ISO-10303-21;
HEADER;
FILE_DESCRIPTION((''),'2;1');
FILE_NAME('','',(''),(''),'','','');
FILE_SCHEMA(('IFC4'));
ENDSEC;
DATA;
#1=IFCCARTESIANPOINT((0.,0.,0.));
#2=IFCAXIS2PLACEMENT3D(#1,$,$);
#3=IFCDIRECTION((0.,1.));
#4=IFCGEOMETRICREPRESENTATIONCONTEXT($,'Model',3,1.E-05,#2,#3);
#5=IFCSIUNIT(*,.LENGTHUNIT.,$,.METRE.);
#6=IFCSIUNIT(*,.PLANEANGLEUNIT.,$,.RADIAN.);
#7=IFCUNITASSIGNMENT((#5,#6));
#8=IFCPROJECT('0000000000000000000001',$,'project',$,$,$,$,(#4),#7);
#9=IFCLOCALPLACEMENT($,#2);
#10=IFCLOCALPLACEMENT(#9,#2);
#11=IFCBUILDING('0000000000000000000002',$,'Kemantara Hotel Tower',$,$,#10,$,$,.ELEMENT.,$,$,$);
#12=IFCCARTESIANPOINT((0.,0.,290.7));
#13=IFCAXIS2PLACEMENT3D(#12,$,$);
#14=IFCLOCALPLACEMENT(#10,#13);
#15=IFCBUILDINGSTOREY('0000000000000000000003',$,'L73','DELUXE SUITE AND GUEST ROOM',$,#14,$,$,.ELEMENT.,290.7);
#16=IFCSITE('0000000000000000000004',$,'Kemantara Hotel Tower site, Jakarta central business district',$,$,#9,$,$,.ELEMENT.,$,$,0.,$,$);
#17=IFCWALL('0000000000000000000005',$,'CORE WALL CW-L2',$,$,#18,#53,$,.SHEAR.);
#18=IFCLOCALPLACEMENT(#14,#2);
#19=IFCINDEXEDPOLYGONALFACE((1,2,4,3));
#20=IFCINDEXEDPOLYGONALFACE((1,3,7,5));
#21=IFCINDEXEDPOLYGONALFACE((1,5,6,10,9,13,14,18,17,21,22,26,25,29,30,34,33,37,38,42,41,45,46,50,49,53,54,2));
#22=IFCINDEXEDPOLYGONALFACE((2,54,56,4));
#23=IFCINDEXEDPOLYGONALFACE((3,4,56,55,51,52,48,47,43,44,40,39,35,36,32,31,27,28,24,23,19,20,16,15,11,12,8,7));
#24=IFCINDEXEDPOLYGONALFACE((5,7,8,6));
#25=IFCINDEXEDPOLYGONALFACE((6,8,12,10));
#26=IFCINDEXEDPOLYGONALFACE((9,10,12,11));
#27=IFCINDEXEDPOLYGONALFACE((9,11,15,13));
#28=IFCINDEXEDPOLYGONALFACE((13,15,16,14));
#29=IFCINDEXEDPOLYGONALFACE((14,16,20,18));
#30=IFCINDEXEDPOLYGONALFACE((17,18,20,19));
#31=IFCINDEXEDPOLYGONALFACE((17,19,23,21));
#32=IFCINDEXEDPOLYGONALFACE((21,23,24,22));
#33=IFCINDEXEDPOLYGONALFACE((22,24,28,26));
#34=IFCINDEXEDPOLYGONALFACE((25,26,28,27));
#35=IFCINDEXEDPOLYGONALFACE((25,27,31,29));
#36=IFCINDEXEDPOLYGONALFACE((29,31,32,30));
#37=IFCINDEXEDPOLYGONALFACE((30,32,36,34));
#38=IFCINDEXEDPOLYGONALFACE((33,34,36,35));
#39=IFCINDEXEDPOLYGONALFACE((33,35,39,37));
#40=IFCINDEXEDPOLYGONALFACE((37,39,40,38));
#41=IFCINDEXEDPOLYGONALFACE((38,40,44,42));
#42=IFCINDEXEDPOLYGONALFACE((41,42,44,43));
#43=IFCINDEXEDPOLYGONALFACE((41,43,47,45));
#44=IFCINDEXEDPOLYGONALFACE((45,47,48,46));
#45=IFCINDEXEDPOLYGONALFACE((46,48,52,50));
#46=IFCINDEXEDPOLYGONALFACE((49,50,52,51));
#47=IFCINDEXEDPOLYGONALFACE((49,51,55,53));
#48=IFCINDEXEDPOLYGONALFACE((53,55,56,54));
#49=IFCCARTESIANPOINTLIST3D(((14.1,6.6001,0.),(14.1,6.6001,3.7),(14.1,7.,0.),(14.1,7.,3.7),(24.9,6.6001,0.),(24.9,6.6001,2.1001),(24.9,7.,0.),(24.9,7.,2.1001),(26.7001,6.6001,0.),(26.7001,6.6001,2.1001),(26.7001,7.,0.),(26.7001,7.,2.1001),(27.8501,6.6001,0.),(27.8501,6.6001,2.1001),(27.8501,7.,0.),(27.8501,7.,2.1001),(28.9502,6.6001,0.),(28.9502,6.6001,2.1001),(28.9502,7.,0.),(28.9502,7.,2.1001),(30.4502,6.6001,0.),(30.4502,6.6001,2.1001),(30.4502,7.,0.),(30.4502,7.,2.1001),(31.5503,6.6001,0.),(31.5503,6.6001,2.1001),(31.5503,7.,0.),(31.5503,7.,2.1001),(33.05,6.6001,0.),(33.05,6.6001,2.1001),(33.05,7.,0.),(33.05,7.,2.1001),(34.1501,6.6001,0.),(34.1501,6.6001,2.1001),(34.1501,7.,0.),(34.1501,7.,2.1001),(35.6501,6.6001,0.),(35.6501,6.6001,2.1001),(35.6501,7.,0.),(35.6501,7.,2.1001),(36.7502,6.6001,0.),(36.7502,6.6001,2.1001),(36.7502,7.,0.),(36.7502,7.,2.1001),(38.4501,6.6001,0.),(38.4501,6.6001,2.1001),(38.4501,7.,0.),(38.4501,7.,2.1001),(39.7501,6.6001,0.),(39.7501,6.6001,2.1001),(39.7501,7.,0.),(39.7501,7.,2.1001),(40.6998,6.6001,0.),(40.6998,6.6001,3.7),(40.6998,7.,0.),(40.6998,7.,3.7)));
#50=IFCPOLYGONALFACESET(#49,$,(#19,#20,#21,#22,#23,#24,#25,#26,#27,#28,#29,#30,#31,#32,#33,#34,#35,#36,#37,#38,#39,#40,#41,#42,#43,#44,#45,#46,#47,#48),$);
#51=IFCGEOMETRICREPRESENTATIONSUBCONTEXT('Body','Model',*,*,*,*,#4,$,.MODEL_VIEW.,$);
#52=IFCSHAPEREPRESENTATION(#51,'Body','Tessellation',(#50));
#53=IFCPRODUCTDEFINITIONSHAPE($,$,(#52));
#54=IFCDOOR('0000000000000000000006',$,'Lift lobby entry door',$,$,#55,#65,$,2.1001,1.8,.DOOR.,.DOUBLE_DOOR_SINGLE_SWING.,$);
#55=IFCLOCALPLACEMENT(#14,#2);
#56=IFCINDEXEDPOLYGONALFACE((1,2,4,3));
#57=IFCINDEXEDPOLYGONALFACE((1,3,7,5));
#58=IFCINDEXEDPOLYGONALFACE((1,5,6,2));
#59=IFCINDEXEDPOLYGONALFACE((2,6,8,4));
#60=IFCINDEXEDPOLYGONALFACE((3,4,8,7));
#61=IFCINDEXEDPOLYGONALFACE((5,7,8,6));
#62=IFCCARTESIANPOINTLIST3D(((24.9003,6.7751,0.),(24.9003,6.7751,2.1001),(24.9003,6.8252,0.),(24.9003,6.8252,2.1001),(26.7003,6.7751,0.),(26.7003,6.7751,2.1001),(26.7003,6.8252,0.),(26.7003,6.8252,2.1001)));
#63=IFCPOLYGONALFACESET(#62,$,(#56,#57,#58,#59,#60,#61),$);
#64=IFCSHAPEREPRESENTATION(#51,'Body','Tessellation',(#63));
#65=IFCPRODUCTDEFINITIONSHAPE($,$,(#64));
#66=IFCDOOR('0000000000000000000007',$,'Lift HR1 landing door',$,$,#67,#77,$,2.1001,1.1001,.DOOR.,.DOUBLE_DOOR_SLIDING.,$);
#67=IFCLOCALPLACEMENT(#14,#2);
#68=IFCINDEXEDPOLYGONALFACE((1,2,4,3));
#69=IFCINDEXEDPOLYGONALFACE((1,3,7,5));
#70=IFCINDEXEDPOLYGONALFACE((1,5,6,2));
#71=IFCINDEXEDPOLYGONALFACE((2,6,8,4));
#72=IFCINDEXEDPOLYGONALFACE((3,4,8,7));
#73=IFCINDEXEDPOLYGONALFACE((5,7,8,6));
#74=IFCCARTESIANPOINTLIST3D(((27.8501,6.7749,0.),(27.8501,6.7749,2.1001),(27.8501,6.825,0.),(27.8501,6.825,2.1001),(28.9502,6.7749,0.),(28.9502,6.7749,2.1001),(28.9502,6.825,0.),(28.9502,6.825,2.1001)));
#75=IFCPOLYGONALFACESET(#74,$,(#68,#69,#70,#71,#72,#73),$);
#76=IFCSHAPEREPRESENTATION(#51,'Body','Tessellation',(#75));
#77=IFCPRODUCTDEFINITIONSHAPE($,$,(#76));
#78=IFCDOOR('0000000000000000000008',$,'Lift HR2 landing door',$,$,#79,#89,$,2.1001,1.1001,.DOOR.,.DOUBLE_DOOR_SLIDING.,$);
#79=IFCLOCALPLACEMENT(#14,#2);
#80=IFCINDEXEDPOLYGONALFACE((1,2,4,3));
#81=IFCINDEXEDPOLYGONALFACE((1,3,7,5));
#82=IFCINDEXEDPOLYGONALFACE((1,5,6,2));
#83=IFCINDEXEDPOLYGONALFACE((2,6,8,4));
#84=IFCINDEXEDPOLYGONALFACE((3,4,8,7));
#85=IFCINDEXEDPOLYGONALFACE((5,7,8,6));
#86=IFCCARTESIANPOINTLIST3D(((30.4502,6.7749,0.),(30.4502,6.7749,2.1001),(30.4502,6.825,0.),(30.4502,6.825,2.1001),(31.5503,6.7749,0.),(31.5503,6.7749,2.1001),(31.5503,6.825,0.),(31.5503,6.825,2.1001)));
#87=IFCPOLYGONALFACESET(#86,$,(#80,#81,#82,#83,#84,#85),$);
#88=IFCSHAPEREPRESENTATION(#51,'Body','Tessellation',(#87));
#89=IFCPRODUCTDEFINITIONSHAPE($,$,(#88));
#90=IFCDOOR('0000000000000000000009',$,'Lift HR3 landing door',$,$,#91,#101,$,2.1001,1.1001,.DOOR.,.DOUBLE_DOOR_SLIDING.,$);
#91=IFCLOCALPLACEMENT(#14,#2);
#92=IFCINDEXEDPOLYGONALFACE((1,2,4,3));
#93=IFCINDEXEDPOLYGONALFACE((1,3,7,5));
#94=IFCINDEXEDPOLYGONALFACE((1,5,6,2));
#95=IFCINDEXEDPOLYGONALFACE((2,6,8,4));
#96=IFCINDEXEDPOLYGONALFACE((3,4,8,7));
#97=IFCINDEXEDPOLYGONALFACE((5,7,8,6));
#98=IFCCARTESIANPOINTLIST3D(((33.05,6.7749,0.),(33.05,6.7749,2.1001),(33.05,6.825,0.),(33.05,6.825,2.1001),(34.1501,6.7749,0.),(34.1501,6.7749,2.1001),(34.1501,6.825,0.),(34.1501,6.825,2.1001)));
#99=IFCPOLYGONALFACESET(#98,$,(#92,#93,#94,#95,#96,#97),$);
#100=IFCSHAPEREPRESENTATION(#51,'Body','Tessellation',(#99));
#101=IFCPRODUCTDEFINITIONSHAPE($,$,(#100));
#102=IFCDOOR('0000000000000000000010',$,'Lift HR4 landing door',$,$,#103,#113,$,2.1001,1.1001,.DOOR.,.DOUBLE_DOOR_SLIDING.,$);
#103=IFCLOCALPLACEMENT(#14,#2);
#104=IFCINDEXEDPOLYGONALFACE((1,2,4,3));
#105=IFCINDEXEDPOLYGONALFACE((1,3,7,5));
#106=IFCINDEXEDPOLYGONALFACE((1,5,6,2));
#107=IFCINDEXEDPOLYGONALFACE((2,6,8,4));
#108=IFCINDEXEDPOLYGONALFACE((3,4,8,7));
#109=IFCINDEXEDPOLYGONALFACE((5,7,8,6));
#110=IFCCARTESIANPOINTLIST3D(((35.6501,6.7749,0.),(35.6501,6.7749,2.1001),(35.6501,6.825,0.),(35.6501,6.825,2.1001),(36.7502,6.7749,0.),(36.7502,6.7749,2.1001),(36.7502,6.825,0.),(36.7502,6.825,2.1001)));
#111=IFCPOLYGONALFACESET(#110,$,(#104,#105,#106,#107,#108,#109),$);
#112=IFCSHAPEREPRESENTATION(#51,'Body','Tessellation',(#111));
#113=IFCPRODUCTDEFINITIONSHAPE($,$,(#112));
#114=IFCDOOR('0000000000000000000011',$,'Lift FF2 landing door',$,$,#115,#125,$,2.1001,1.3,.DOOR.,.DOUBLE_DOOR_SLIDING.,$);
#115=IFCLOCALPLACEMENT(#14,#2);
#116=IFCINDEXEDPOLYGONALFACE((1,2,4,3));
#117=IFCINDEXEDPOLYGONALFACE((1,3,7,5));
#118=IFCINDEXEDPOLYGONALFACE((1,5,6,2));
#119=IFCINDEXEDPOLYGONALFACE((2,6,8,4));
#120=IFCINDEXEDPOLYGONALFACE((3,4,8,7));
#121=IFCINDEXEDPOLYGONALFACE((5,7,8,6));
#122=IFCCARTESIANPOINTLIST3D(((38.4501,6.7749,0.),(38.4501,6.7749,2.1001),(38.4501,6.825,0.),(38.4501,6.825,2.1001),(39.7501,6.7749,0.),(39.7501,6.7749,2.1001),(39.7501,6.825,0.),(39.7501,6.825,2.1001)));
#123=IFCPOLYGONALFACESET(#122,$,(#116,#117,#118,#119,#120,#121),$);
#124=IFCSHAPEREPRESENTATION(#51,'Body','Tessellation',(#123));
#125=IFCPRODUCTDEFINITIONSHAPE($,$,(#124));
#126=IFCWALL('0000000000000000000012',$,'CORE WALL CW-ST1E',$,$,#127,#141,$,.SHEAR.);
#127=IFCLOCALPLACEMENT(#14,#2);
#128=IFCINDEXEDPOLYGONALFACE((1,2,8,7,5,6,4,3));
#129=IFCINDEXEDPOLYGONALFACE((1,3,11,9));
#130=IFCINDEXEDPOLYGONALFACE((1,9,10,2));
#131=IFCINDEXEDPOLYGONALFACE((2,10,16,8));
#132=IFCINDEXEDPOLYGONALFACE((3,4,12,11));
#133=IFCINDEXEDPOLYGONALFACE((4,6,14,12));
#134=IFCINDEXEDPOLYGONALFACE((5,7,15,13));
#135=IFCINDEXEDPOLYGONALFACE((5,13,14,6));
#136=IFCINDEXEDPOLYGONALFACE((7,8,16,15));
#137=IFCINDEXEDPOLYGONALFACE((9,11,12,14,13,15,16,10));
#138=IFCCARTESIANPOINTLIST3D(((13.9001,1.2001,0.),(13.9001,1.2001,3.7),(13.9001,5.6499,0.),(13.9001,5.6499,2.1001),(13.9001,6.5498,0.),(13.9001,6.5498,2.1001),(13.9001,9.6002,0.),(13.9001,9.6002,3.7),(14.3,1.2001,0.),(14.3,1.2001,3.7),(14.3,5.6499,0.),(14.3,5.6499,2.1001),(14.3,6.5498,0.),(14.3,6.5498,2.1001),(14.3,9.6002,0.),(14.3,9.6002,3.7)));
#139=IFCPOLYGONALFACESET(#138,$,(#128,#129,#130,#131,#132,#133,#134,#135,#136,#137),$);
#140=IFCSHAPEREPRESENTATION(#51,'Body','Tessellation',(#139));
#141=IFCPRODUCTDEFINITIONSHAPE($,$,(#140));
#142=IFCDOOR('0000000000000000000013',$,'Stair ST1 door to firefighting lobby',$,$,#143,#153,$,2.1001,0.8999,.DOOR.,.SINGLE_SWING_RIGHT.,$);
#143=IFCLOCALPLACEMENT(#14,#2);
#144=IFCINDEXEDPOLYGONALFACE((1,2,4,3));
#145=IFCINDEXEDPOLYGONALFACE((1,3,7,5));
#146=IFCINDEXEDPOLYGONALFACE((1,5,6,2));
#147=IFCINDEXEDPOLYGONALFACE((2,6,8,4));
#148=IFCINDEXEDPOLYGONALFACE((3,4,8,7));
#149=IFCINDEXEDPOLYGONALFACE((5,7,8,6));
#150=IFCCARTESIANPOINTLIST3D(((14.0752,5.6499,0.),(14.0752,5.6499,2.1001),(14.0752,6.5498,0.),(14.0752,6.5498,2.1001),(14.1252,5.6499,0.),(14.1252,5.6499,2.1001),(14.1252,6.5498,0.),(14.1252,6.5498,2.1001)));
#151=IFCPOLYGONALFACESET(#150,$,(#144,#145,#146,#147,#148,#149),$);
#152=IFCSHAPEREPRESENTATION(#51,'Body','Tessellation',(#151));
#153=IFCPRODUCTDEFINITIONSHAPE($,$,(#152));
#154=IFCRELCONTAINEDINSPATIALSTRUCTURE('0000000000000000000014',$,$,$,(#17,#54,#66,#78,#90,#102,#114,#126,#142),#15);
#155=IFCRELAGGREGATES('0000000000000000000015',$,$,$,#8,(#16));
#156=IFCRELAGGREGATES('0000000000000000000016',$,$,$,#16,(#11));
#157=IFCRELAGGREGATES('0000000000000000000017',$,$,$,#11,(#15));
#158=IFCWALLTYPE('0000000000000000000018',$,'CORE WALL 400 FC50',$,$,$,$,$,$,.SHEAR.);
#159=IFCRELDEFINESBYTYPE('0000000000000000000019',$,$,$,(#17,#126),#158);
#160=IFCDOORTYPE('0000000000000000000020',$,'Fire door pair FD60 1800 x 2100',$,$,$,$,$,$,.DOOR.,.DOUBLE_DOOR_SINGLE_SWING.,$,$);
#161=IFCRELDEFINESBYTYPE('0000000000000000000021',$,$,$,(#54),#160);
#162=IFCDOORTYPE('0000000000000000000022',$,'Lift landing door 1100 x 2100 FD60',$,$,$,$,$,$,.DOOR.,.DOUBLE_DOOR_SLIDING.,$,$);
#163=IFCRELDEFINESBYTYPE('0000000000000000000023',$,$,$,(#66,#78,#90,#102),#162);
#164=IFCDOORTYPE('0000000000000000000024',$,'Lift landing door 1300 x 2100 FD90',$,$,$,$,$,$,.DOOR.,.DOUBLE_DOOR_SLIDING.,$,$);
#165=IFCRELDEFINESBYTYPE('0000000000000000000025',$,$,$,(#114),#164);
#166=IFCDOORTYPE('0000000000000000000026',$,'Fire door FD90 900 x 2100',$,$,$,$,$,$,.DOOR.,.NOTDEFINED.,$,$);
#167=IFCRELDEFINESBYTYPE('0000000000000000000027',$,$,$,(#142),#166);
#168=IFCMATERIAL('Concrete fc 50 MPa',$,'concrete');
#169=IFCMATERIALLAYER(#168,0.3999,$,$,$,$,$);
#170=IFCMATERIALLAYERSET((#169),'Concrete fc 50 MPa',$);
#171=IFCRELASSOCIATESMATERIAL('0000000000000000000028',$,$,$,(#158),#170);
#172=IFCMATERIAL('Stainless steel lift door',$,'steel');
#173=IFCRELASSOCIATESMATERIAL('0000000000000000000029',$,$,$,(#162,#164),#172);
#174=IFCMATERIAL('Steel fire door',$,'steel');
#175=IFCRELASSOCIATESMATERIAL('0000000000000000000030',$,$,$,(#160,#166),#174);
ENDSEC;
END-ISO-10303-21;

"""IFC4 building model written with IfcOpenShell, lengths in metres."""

from ifc_helpers import new_model, si_unit, direction, frame, frame_2d, origin, place, context, subcontext, project, spatial, rectangle, extrude, material, layer, layer_set, type_object, element, fill, save


model = new_model("IFC4")

# Units and contexts
model_context = context("Model", 3, precision=1e-05, world=origin(), true_north=direction((0.0, 1.0)))
body_context = subcontext(model_context, "Body", "Model", "MODEL_VIEW")
ifc_project = project(units=[si_unit("LENGTHUNIT", "METRE"), si_unit("PLANEANGLEUNIT", "RADIAN")], contexts=[model_context])

# Site, building, storey
site_placement = place(None, origin())
site = spatial("IfcSite", under=ifc_project, at=site_placement, Name="Kemantara Hotel Tower site, Jakarta central business district", CompositionType="ELEMENT", RefElevation=0.0)
building_placement = place(site_placement, origin())
building = spatial("IfcBuilding", under=site, at=building_placement, Name="Kemantara Hotel Tower", CompositionType="ELEMENT")
storey_placement = place(building_placement, frame((0.0, 0.0, 290.7)))
storey = spatial("IfcBuildingStorey", under=building, at=storey_placement, Name="L73", Description="DELUXE SUITE AND GUEST ROOM", CompositionType="ELEMENT", Elevation=290.7)

# Shared definitions
ifc_material_1 = material(Name="Concrete fc 50 MPa", Category="concrete")

# Wall, openings, doors
ifc_layer_1 = layer(ifc_material_1, 0.3999)
ifc_layer_set_1 = layer_set([ifc_layer_1], Name="Concrete fc 50 MPa")
wall_type_1 = type_object("IfcWallType", Name="CORE WALL 400 FC50", PredefinedType="SHEAR", material=ifc_layer_set_1)
ifc_material_2 = material(Name="Steel fire door", Category="steel")
ifc_material_3 = material(Name="Stainless steel lift door", Category="steel")
door_type_1 = type_object("IfcDoorType", Name="Lift landing door 1100 x 2100 FD60", OperationType="DOUBLE_DOOR_SLIDING", PredefinedType="DOOR", material=ifc_material_3)
door_type_2 = type_object("IfcDoorType", Name="Lift landing door 1300 x 2100 FD90", OperationType="DOUBLE_DOOR_SLIDING", PredefinedType="DOOR", material=ifc_material_3)
wall_1_placement = place(storey_placement, frame((14.1001, 6.8, 0.0), z_axis=(0.0, 0.0, 1.0), x_axis=(1.0, 0.0, 0.0)))
wall_1 = element("IfcWall", 1, at=wall_1_placement, inside=storey, type_object=wall_type_1, Name="CORE WALL CW-L2", PredefinedType="SHEAR", context=body_context, shape_type="SweptSolid", body=[
    extrude(rectangle(XDim=26.5999, YDim=0.3999, at=frame_2d((13.2998, 0.0))), origin(), (0.0, 0.0, 1.0), 3.7),
])
opening_1_placement = place(wall_1_placement, frame((10.8, 0.0, 0.0)))
opening_1 = element("IfcOpeningElement", 2, at=opening_1_placement, cuts=wall_1, PredefinedType="OPENING", context=body_context, shape_type="SweptSolid", body=[
    extrude(rectangle(XDim=1.8, YDim=2.1001, at=frame_2d((0.8999, 1.05))), frame((0.0, 0.21, 0.0), z_axis=(0.0, -1.0, 0.0), x_axis=(1.0, 0.0, 0.0)), (0.0, 0.0, 1.0), 0.4199),
])
opening_2_placement = place(wall_1_placement, frame((13.75, 0.0, 0.0)))
opening_2 = element("IfcOpeningElement", 3, at=opening_2_placement, cuts=wall_1, PredefinedType="OPENING", context=body_context, shape_type="SweptSolid", body=[
    extrude(rectangle(XDim=1.1001, YDim=2.1001, at=frame_2d((0.55, 1.05))), frame((0.0, 0.21, 0.0), z_axis=(0.0, -1.0, 0.0), x_axis=(1.0, 0.0, 0.0)), (0.0, 0.0, 1.0), 0.4199),
])
opening_3_placement = place(wall_1_placement, frame((16.3501, 0.0, 0.0)))
opening_3 = element("IfcOpeningElement", 4, at=opening_3_placement, cuts=wall_1, PredefinedType="OPENING", context=body_context, shape_type="SweptSolid", body=[
    extrude(rectangle(XDim=1.1001, YDim=2.1001, at=frame_2d((0.55, 1.05))), frame((0.0, 0.21, 0.0), z_axis=(0.0, -1.0, 0.0), x_axis=(1.0, 0.0, 0.0)), (0.0, 0.0, 1.0), 0.4199),
])
opening_4_placement = place(wall_1_placement, frame((18.95, 0.0, 0.0)))
opening_4 = element("IfcOpeningElement", 5, at=opening_4_placement, cuts=wall_1, PredefinedType="OPENING", context=body_context, shape_type="SweptSolid", body=[
    extrude(rectangle(XDim=1.1001, YDim=2.1001, at=frame_2d((0.55, 1.05))), frame((0.0, 0.21, 0.0), z_axis=(0.0, -1.0, 0.0), x_axis=(1.0, 0.0, 0.0)), (0.0, 0.0, 1.0), 0.4199),
])
opening_5_placement = place(wall_1_placement, frame((21.55, 0.0, 0.0)))
opening_5 = element("IfcOpeningElement", 6, at=opening_5_placement, cuts=wall_1, PredefinedType="OPENING", context=body_context, shape_type="SweptSolid", body=[
    extrude(rectangle(XDim=1.1001, YDim=2.1001, at=frame_2d((0.55, 1.05))), frame((0.0, 0.21, 0.0), z_axis=(0.0, -1.0, 0.0), x_axis=(1.0, 0.0, 0.0)), (0.0, 0.0, 1.0), 0.4199),
])
opening_6_placement = place(wall_1_placement, frame((24.3501, 0.0, 0.0)))
opening_6 = element("IfcOpeningElement", 7, at=opening_6_placement, cuts=wall_1, PredefinedType="OPENING", context=body_context, shape_type="SweptSolid", body=[
    extrude(rectangle(XDim=1.3, YDim=2.1001, at=frame_2d((0.6499, 1.05))), frame((0.0, 0.21, 0.0), z_axis=(0.0, -1.0, 0.0), x_axis=(1.0, 0.0, 0.0)), (0.0, 0.0, 1.0), 0.4199),
])
door_type_3 = type_object("IfcDoorType", Name="Fire door pair FD60 1800 x 2100", OperationType="DOUBLE_DOOR_SINGLE_SWING", PredefinedType="DOOR", material=ifc_material_2)
door_1_placement = place(opening_1_placement, frame((1.8, 0.0, 0.0), z_axis=(0.0, 0.0, 1.0), x_axis=(-1.0, 0.0, 0.0)))
door_1 = element("IfcDoor", 8, at=door_1_placement, inside=storey, type_object=door_type_3, Name="Lift lobby entry door", OperationType="DOUBLE_DOOR_SINGLE_SWING", OverallHeight=2.1001, OverallWidth=1.8, PredefinedType="DOOR", context=body_context, shape_type="SweptSolid", body=[
    extrude(rectangle(XDim=1.8, YDim=2.1001, at=frame_2d((0.8999, 1.05))), frame((0.0, 0.0249, 0.0), z_axis=(0.0, -1.0, 0.0), x_axis=(1.0, 0.0, 0.0)), (0.0, 0.0, 1.0), 0.05),
])
fill(opening_1, door_1)
door_2_placement = place(opening_2_placement, origin())
door_2 = element("IfcDoor", 9, at=door_2_placement, inside=storey, type_object=door_type_1, Name="Lift HR1 landing door", OperationType="DOUBLE_DOOR_SLIDING", OverallHeight=2.1001, OverallWidth=1.1001, PredefinedType="DOOR", context=body_context, shape_type="SweptSolid", body=[
    extrude(rectangle(XDim=1.1001, YDim=2.1001, at=frame_2d((0.55, 1.05))), frame((0.0, 0.0249, 0.0), z_axis=(0.0, -1.0, 0.0), x_axis=(1.0, 0.0, 0.0)), (0.0, 0.0, 1.0), 0.05),
])
fill(opening_2, door_2)
door_3_placement = place(opening_3_placement, origin())
door_3 = element("IfcDoor", 10, at=door_3_placement, inside=storey, type_object=door_type_1, Name="Lift HR2 landing door", OperationType="DOUBLE_DOOR_SLIDING", OverallHeight=2.1001, OverallWidth=1.1001, PredefinedType="DOOR", context=body_context, shape_type="SweptSolid", body=[
    extrude(rectangle(XDim=1.1001, YDim=2.1001, at=frame_2d((0.55, 1.05))), frame((0.0, 0.0249, 0.0), z_axis=(0.0, -1.0, 0.0), x_axis=(1.0, 0.0, 0.0)), (0.0, 0.0, 1.0), 0.05),
])
fill(opening_3, door_3)
door_4_placement = place(opening_4_placement, origin())
door_4 = element("IfcDoor", 11, at=door_4_placement, inside=storey, type_object=door_type_1, Name="Lift HR3 landing door", OperationType="DOUBLE_DOOR_SLIDING", OverallHeight=2.1001, OverallWidth=1.1001, PredefinedType="DOOR", context=body_context, shape_type="SweptSolid", body=[
    extrude(rectangle(XDim=1.1001, YDim=2.1001, at=frame_2d((0.55, 1.05))), frame((0.0, 0.0249, 0.0), z_axis=(0.0, -1.0, 0.0), x_axis=(1.0, 0.0, 0.0)), (0.0, 0.0, 1.0), 0.05),
])
fill(opening_4, door_4)
door_5_placement = place(opening_5_placement, origin())
door_5 = element("IfcDoor", 12, at=door_5_placement, inside=storey, type_object=door_type_1, Name="Lift HR4 landing door", OperationType="DOUBLE_DOOR_SLIDING", OverallHeight=2.1001, OverallWidth=1.1001, PredefinedType="DOOR", context=body_context, shape_type="SweptSolid", body=[
    extrude(rectangle(XDim=1.1001, YDim=2.1001, at=frame_2d((0.55, 1.05))), frame((0.0, 0.0249, 0.0), z_axis=(0.0, -1.0, 0.0), x_axis=(1.0, 0.0, 0.0)), (0.0, 0.0, 1.0), 0.05),
])
fill(opening_5, door_5)
door_6_placement = place(opening_6_placement, origin())
door_6 = element("IfcDoor", 13, at=door_6_placement, inside=storey, type_object=door_type_2, Name="Lift FF2 landing door", OperationType="DOUBLE_DOOR_SLIDING", OverallHeight=2.1001, OverallWidth=1.3, PredefinedType="DOOR", context=body_context, shape_type="SweptSolid", body=[
    extrude(rectangle(XDim=1.3, YDim=2.1001, at=frame_2d((0.6499, 1.05))), frame((0.0, 0.0249, 0.0), z_axis=(0.0, -1.0, 0.0), x_axis=(1.0, 0.0, 0.0)), (0.0, 0.0, 1.0), 0.05),
])
fill(opening_6, door_6)

# Wall, opening, door
wall_2_placement = place(storey_placement, frame((14.1001, 1.2, 0.0), z_axis=(0.0, 0.0, 1.0), x_axis=(0.0, 1.0, 0.0)))
wall_2 = element("IfcWall", 14, at=wall_2_placement, inside=storey, type_object=wall_type_1, Name="CORE WALL CW-ST1E", PredefinedType="SHEAR", context=body_context, shape_type="SweptSolid", body=[
    extrude(rectangle(XDim=8.4001, YDim=0.3999, at=frame_2d((4.2002, 0.0))), origin(), (0.0, 0.0, 1.0), 3.7),
])
opening_7_placement = place(wall_2_placement, frame((4.45, 0.0, 0.0)))
opening_7 = element("IfcOpeningElement", 15, at=opening_7_placement, cuts=wall_2, PredefinedType="OPENING", context=body_context, shape_type="SweptSolid", body=[
    extrude(rectangle(XDim=0.8999, YDim=2.1001, at=frame_2d((0.45, 1.05))), frame((0.0, 0.21, 0.0), z_axis=(0.0, -1.0, 0.0), x_axis=(1.0, 0.0, 0.0)), (0.0, 0.0, 1.0), 0.4199),
])
door_type_4 = type_object("IfcDoorType", Name="Fire door FD90 900 x 2100", OperationType="NOTDEFINED", PredefinedType="DOOR", material=ifc_material_2)
door_7_placement = place(opening_7_placement, origin())
door_7 = element("IfcDoor", 16, at=door_7_placement, inside=storey, type_object=door_type_4, Name="Stair ST1 door to firefighting lobby", OperationType="SINGLE_SWING_RIGHT", OverallHeight=2.1001, OverallWidth=0.8999, PredefinedType="DOOR", context=body_context, shape_type="SweptSolid", body=[
    extrude(rectangle(XDim=0.8999, YDim=2.1001, at=frame_2d((0.45, 1.05))), frame((0.0, 0.0249, 0.0), z_axis=(0.0, -1.0, 0.0), x_axis=(1.0, 0.0, 0.0)), (0.0, 0.0, 1.0), 0.05),
])
fill(opening_7, door_7)

save(model, "model.ifc")
